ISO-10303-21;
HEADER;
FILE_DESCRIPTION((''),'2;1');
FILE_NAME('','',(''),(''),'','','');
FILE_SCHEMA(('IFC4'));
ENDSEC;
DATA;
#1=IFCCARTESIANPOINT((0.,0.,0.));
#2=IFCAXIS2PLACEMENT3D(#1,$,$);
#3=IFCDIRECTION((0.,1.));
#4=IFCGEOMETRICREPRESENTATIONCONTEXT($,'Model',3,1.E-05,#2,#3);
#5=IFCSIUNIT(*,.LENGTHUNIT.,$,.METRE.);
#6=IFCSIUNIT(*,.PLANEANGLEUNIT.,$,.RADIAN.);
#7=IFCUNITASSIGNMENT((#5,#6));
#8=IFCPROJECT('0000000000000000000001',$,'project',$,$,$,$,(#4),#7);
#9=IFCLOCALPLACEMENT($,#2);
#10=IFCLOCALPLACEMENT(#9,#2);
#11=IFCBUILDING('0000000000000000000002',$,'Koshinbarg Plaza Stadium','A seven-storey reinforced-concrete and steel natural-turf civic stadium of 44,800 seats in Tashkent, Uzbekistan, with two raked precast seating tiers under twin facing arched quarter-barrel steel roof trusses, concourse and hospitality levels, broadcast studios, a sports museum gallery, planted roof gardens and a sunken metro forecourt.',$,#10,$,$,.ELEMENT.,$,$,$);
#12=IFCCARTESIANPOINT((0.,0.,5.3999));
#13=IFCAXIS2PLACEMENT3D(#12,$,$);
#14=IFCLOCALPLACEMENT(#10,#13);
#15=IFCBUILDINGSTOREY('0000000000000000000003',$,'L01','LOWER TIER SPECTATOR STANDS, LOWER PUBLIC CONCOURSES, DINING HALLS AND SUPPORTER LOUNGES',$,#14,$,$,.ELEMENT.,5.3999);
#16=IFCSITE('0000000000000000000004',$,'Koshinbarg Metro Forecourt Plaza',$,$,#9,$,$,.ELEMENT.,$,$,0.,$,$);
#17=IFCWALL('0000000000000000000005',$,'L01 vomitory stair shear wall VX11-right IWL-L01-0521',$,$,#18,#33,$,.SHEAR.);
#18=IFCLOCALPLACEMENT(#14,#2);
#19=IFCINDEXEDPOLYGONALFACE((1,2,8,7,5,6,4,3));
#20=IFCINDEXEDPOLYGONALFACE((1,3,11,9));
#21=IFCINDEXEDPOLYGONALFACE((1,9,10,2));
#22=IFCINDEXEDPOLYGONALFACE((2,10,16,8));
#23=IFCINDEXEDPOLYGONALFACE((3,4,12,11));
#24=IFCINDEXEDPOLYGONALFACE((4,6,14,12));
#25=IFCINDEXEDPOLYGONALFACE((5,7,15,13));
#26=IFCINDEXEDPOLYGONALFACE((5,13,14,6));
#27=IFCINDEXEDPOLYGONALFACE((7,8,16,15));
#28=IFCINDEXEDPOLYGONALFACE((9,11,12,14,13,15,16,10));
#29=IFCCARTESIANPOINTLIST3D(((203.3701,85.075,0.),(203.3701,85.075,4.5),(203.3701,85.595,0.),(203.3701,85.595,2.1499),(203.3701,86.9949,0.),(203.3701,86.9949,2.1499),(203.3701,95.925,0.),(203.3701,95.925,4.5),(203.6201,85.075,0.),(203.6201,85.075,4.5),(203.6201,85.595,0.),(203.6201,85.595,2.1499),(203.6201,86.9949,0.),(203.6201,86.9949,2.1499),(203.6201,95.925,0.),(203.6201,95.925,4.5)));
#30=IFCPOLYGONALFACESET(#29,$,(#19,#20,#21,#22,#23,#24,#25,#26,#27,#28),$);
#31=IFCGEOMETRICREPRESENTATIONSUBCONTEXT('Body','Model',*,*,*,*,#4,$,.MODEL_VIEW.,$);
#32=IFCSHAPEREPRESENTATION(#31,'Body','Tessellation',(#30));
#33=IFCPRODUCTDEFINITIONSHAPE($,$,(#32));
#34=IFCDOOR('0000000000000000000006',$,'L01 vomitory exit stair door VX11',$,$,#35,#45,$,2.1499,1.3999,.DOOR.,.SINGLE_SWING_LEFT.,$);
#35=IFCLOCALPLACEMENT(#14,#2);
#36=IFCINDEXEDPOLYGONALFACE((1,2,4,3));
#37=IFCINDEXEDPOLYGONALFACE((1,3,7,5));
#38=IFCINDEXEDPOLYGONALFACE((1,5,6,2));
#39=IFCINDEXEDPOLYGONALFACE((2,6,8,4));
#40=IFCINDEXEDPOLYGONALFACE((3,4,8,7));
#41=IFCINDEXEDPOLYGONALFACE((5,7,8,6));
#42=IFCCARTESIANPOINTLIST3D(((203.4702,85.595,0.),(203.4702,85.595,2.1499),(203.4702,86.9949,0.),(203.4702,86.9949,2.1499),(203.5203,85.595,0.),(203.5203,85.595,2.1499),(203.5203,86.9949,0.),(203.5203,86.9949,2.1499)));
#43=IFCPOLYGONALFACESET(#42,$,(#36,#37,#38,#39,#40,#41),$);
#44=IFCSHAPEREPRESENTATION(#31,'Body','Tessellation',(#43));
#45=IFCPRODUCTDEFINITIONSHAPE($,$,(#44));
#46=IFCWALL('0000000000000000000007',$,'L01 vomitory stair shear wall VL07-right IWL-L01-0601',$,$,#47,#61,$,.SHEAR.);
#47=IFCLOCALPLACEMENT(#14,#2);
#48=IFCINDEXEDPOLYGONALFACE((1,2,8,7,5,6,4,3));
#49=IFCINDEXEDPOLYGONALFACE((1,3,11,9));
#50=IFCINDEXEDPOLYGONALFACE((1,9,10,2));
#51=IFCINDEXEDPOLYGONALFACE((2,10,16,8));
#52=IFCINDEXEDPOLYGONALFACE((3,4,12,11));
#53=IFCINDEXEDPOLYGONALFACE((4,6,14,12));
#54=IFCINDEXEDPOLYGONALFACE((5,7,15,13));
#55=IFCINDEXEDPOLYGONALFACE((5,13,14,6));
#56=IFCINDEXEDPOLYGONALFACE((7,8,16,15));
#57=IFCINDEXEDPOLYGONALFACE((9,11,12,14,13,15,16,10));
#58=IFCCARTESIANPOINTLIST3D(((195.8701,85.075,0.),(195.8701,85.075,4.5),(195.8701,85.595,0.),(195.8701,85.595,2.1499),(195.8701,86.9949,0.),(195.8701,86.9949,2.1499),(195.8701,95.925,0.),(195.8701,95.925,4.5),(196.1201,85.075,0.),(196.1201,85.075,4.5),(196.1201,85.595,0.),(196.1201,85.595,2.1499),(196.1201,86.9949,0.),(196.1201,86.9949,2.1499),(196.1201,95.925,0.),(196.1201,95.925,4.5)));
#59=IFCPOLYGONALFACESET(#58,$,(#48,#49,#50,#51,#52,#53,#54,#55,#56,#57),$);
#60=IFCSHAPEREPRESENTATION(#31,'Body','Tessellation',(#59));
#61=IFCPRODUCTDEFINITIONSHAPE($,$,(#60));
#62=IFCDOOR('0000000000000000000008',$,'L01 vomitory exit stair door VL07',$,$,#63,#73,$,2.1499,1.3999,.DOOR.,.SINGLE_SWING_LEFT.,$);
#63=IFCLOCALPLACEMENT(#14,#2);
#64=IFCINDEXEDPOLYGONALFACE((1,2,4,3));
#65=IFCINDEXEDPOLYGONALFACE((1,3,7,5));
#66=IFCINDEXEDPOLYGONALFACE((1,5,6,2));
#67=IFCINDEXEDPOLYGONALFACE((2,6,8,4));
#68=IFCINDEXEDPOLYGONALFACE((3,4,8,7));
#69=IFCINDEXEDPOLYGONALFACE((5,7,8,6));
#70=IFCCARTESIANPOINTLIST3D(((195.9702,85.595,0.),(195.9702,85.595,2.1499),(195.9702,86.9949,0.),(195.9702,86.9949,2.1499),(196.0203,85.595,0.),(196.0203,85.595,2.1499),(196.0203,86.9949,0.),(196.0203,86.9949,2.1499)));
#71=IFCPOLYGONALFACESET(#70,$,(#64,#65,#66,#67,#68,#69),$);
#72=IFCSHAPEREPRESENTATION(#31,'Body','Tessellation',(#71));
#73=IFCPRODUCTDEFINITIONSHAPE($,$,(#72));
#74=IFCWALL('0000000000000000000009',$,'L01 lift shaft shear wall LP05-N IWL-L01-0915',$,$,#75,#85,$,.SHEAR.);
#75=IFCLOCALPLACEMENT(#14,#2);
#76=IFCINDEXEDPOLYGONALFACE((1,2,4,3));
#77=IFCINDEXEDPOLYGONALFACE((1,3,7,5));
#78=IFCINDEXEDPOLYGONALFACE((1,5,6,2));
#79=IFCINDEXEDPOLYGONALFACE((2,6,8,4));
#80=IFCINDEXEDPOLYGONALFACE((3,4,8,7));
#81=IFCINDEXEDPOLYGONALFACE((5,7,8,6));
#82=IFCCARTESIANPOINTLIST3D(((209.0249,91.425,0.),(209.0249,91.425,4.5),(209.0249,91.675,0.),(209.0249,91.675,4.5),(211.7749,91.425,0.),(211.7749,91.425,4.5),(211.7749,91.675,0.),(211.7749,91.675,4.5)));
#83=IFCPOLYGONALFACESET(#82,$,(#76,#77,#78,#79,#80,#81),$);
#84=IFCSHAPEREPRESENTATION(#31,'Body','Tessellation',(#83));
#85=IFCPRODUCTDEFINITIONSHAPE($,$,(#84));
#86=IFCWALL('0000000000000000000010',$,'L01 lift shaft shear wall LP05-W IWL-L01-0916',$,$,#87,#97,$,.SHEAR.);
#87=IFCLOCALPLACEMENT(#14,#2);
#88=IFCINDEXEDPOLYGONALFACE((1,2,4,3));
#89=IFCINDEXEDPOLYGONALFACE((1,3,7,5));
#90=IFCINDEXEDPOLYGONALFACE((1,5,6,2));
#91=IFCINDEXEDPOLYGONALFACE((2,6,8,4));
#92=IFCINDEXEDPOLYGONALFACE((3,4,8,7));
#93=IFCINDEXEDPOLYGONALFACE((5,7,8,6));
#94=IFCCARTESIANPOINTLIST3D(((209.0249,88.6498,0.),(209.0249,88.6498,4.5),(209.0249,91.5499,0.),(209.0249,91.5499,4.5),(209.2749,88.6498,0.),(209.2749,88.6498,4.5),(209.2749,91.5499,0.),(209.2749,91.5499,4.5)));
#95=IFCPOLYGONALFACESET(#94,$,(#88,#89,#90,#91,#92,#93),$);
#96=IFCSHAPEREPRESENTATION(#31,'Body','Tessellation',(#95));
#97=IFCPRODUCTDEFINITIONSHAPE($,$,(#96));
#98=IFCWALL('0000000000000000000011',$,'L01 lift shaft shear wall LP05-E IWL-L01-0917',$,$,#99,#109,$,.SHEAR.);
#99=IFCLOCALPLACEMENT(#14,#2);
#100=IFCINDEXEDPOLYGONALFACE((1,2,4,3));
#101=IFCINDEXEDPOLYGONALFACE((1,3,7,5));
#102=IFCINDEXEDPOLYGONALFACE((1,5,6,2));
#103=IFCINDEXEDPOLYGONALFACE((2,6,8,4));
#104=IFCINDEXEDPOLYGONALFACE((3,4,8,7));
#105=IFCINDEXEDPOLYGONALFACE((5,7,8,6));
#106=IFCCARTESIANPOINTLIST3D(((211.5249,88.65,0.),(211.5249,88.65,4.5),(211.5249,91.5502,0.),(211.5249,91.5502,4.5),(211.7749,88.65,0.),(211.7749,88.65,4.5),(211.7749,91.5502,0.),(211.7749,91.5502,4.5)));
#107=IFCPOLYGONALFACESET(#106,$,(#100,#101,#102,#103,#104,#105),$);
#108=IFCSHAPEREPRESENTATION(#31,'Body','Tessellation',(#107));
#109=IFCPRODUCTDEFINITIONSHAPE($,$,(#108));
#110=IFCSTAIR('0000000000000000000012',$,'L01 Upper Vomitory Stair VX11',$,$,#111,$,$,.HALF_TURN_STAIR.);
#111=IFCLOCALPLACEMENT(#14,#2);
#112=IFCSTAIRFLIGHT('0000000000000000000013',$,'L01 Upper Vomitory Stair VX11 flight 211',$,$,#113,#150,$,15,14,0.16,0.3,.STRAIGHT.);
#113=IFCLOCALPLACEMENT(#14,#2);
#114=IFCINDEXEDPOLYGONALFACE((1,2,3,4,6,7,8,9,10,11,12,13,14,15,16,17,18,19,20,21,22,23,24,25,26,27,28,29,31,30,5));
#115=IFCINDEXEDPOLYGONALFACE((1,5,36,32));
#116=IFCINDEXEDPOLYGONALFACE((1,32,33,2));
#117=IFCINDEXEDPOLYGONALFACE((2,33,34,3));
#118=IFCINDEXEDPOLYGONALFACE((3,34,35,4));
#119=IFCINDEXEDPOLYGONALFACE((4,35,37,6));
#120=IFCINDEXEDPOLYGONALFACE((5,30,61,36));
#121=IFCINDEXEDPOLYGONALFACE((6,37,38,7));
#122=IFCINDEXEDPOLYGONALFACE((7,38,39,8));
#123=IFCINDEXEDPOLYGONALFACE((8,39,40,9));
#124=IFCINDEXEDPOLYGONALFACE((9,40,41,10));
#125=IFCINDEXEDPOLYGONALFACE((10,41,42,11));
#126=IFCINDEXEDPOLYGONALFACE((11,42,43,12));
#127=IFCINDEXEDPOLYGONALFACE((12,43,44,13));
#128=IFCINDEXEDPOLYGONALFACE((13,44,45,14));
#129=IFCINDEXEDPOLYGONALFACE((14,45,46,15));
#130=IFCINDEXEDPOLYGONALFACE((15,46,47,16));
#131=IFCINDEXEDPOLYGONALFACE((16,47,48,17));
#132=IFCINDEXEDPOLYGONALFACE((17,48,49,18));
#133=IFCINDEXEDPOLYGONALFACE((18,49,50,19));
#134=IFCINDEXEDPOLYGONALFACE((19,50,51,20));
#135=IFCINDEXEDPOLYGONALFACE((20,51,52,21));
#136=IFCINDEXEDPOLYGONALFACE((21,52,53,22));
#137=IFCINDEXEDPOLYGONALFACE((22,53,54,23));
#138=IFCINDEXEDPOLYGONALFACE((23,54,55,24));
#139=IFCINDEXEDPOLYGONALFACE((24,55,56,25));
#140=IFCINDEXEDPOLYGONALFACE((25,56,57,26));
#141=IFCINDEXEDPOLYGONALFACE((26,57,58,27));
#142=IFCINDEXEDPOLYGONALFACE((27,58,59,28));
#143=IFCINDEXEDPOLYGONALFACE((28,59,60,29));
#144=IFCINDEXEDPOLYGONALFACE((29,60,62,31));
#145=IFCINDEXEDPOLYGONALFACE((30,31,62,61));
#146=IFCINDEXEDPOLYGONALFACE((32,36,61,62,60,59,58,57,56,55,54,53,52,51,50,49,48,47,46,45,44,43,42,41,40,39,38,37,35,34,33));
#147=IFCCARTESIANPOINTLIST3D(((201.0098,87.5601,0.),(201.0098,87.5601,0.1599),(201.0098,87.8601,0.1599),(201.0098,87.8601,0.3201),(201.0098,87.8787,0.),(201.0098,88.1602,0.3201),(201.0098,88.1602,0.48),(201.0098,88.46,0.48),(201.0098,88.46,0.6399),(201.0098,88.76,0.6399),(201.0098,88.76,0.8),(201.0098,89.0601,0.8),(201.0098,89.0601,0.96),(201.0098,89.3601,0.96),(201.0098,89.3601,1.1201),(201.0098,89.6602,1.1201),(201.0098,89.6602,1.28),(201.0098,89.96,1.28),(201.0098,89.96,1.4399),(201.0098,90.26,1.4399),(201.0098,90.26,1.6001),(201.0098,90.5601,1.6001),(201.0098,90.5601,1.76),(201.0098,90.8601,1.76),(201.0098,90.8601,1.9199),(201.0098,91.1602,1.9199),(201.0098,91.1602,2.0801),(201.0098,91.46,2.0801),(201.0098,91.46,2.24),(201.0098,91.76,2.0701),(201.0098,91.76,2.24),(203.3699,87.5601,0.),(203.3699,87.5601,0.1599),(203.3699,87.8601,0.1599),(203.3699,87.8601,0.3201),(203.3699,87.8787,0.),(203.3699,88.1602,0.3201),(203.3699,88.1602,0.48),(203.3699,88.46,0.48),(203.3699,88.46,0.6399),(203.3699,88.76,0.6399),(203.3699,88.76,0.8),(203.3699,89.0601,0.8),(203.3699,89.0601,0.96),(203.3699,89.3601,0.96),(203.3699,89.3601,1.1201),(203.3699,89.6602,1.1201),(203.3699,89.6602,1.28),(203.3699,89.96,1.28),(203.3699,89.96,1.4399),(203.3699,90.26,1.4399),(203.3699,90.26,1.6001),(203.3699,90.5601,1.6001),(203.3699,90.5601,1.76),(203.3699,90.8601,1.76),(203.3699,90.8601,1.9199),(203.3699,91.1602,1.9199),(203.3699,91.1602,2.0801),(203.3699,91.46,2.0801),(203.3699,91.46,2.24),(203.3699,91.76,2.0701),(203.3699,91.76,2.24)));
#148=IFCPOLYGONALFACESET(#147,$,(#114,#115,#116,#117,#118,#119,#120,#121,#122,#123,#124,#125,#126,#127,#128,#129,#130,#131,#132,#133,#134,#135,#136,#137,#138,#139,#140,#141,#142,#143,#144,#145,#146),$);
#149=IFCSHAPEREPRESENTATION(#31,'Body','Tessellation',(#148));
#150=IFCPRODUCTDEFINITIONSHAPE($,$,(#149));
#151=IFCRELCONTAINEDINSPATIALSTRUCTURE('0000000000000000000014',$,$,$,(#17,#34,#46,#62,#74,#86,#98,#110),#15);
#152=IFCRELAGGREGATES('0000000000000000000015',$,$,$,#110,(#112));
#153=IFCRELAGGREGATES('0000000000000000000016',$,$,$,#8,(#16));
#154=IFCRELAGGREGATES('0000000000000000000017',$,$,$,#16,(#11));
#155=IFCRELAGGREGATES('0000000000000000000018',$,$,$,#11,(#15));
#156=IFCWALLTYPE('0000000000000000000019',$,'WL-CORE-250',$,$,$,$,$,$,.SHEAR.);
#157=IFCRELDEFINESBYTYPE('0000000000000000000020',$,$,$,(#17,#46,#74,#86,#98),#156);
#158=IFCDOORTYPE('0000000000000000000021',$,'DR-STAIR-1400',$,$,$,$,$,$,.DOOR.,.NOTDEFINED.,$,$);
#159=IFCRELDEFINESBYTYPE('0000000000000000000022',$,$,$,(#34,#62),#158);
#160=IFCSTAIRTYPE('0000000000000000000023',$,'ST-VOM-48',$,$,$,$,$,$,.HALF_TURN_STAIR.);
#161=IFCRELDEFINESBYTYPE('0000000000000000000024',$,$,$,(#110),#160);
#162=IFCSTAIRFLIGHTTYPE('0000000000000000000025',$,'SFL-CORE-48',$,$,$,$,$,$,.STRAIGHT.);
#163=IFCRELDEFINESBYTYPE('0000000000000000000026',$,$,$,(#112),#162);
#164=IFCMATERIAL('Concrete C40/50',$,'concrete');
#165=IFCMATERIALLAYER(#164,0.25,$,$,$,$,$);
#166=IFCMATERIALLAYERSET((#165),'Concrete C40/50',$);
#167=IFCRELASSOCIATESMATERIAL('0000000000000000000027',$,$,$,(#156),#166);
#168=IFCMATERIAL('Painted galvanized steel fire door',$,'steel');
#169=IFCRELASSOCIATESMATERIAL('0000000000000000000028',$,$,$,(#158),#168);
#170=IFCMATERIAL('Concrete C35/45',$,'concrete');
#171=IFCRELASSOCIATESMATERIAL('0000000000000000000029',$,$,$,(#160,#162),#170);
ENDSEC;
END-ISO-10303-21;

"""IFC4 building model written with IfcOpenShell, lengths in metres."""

from ifc_helpers import new_model, si_unit, direction, frame, frame_2d, origin, place, context, subcontext, project, spatial, polyline, rectangle, outline, extrude, material, layer, layer_set, type_object, element, fill, aggregate, save


model = new_model("IFC4")

# Units and contexts
model_context = context("Model", 3, precision=1e-05, world=origin(), true_north=direction((0.0, 1.0)))
body_context = subcontext(model_context, "Body", "Model", "MODEL_VIEW")
ifc_project = project(units=[si_unit("LENGTHUNIT", "METRE"), si_unit("PLANEANGLEUNIT", "RADIAN")], contexts=[model_context])

# Site, building, storey
site_placement = place(None, origin())
site = spatial("IfcSite", under=ifc_project, at=site_placement, Name="Koshinbarg Metro Forecourt Plaza", CompositionType="ELEMENT", RefElevation=0.0)
building_placement = place(site_placement, origin())
building = spatial("IfcBuilding", under=site, at=building_placement, Name="Koshinbarg Plaza Stadium", Description="A seven-storey reinforced-concrete and steel natural-turf civic stadium of 44,800 seats in Tashkent, Uzbekistan, with two raked precast seating tiers under twin facing arched quarter-barrel steel roof trusses, concourse and hospitality levels, broadcast studios, a sports museum gallery, planted roof gardens and a sunken metro forecourt.", CompositionType="ELEMENT")
storey_placement = place(building_placement, frame((0.0, 0.0, 5.3999)))
storey = spatial("IfcBuildingStorey", under=building, at=storey_placement, Name="L01", Description="LOWER TIER SPECTATOR STANDS, LOWER PUBLIC CONCOURSES, DINING HALLS AND SUPPORTER LOUNGES", CompositionType="ELEMENT", Elevation=5.3999)

# Shared definitions
ifc_material_1 = material(Name="Concrete C40/50", Category="concrete")

# Shared definitions
ifc_layer = layer(ifc_material_1, 0.25)
ifc_layer_set = layer_set([ifc_layer], Name="Concrete C40/50")
wall_type = type_object("IfcWallType", Name="WL-CORE-250", PredefinedType="SHEAR", material=ifc_layer_set)

# Shared definitions
ifc_material_2 = material(Name="Painted galvanized steel fire door", Category="steel")
door_type_1 = type_object("IfcDoorType", Name="DR-STAIR-1400", OperationType="NOTDEFINED", PredefinedType="DOOR", material=ifc_material_2)

# Walls, openings, doors
wall_1_placement = place(storey_placement, frame((203.4951, 85.075, 0.0), z_axis=(0.0, 0.0, 1.0), x_axis=(0.0, 1.0, 0.0)))
wall_1 = element("IfcWall", 1, at=wall_1_placement, inside=storey, type_object=wall_type, Name="L01 vomitory stair shear wall VX11-right IWL-L01-0521", PredefinedType="SHEAR", context=body_context, shape_type="SweptSolid", body=[
    extrude(rectangle(XDim=10.8501, YDim=0.25, at=frame_2d((5.425, 0.0))), origin(), (0.0, 0.0, 1.0), 4.5),
])
opening_1_placement = place(wall_1_placement, frame((0.52, 0.0, 0.0)))
opening_1 = element("IfcOpeningElement", 2, at=opening_1_placement, cuts=wall_1, PredefinedType="OPENING", context=body_context, shape_type="SweptSolid", body=[
    extrude(rectangle(XDim=1.3999, YDim=2.1499, at=frame_2d((0.7, 1.075))), frame((0.0, 0.135, 0.0), z_axis=(0.0, -1.0, 0.0), x_axis=(1.0, 0.0, 0.0)), (0.0, 0.0, 1.0), 0.27),
])
door_1_placement = place(opening_1_placement, origin())
door_1 = element("IfcDoor", 3, at=door_1_placement, inside=storey, type_object=door_type_1, Name="L01 vomitory exit stair door VX11", OperationType="SINGLE_SWING_LEFT", OverallHeight=2.1499, OverallWidth=1.3999, PredefinedType="DOOR", context=body_context, shape_type="SweptSolid", body=[
    extrude(rectangle(XDim=1.3999, YDim=2.1499, at=frame_2d((0.7, 1.075))), frame((0.0, 0.0249, 0.0), z_axis=(0.0, -1.0, 0.0), x_axis=(1.0, 0.0, 0.0)), (0.0, 0.0, 1.0), 0.05),
])
fill(opening_1, door_1)
wall_2_placement = place(storey_placement, frame((195.9951, 85.075, 0.0), z_axis=(0.0, 0.0, 1.0), x_axis=(0.0, 1.0, 0.0)))
wall_2 = element("IfcWall", 4, at=wall_2_placement, inside=storey, type_object=wall_type, Name="L01 vomitory stair shear wall VL07-right IWL-L01-0601", PredefinedType="SHEAR", context=body_context, shape_type="SweptSolid", body=[
    extrude(rectangle(XDim=10.8501, YDim=0.25, at=frame_2d((5.425, 0.0))), origin(), (0.0, 0.0, 1.0), 4.5),
])
opening_2_placement = place(wall_2_placement, frame((0.52, 0.0, 0.0)))
opening_2 = element("IfcOpeningElement", 5, at=opening_2_placement, cuts=wall_2, PredefinedType="OPENING", context=body_context, shape_type="SweptSolid", body=[
    extrude(rectangle(XDim=1.3999, YDim=2.1499, at=frame_2d((0.7, 1.075))), frame((0.0, 0.135, 0.0), z_axis=(0.0, -1.0, 0.0), x_axis=(1.0, 0.0, 0.0)), (0.0, 0.0, 1.0), 0.27),
])
door_2_placement = place(opening_2_placement, origin())
door_2 = element("IfcDoor", 6, at=door_2_placement, inside=storey, type_object=door_type_1, Name="L01 vomitory exit stair door VL07", OperationType="SINGLE_SWING_LEFT", OverallHeight=2.1499, OverallWidth=1.3999, PredefinedType="DOOR", context=body_context, shape_type="SweptSolid", body=[
    extrude(rectangle(XDim=1.3999, YDim=2.1499, at=frame_2d((0.7, 1.075))), frame((0.0, 0.0249, 0.0), z_axis=(0.0, -1.0, 0.0), x_axis=(1.0, 0.0, 0.0)), (0.0, 0.0, 1.0), 0.05),
])
fill(opening_2, door_2)

# Walls
wall_3_placement = place(storey_placement, frame((211.7749, 91.55, 0.0), z_axis=(0.0, 0.0, 1.0), x_axis=(-1.0, 0.0, 0.0)))
element("IfcWall", 7, at=wall_3_placement, inside=storey, type_object=wall_type, Name="L01 lift shaft shear wall LP05-N IWL-L01-0915", PredefinedType="SHEAR", context=body_context, shape_type="SweptSolid", body=[
    extrude(rectangle(XDim=2.75, YDim=0.25, at=frame_2d((1.375, 0.0))), origin(), (0.0, 0.0, 1.0), 4.5),
])
for number, where, z_axis, x_axis, name in (
    (8, (209.1499, 91.55, 0.0), (0.0, 0.0, 1.0), (0.0, -1.0, 0.0), "L01 lift shaft shear wall LP05-W IWL-L01-0916"),
    (9, (211.6499, 88.6499, 0.0), (0.0, 0.0, 1.0), (0.0, 1.0, 0.0), "L01 lift shaft shear wall LP05-E IWL-L01-0917"),
):
    element("IfcWall", number, at=place(storey_placement, frame(where, z_axis=z_axis, x_axis=x_axis)), inside=storey, type_object=wall_type, Name=name, PredefinedType="SHEAR", context=body_context, shape_type="SweptSolid", body=[
        extrude(rectangle(XDim=2.9001, YDim=0.25, at=frame_2d((1.4502, 0.0))), origin(), (0.0, 0.0, 1.0), 4.5),
    ])

# Stair, stair flight
ifc_material_3 = material(Name="Concrete C35/45", Category="concrete")
stair_type = type_object("IfcStairType", Name="ST-VOM-48", PredefinedType="HALF_TURN_STAIR", material=ifc_material_3)
stair_placement = place(storey_placement, origin())
stair = element("IfcStair", 10, at=stair_placement, inside=storey, type_object=stair_type, Name="L01 Upper Vomitory Stair VX11", PredefinedType="HALF_TURN_STAIR")
stair_flight_type = type_object("IfcStairFlightType", Name="SFL-CORE-48", PredefinedType="STRAIGHT", material=ifc_material_3)
stair_flight_1_placement = place(storey_placement, frame((202.1899, 87.5601, 0.0), z_axis=(0.0, 0.0, 1.0), x_axis=(0.0, 1.0, 0.0)))
stair_flight_1 = element("IfcStairFlight", 11, at=stair_flight_1_placement, type_object=stair_flight_type, Name="L01 Upper Vomitory Stair VX11 flight 211", NumberOfRisers=15, NumberOfTreads=14, PredefinedType="STRAIGHT", RiserHeight=0.16, TreadLength=0.3, context=body_context, shape_type="SweptSolid", body=[
    extrude(outline(polyline([(0.0, 0.0), (0.0, 0.1599), (0.3, 0.1599), (0.3, 0.3201), (0.6001, 0.3201), (0.6001, 0.48), (0.8999, 0.48), (0.8999, 0.6399), (1.2, 0.6399), (1.2, 0.8), (1.5, 0.8), (1.5, 0.96), (1.8, 0.96), (1.8, 1.1201), (2.1001, 1.1201), (2.1001, 1.28), (2.3999, 1.28), (2.3999, 1.4399), (2.7, 1.4399), (2.7, 1.6001), (3.0, 1.6001), (3.0, 1.76), (3.3, 1.76), (3.3, 1.9199), (3.6001, 1.9199), (3.6001, 2.0801), (3.8999, 2.0801), (3.8999, 2.24), (4.2, 2.24), (4.2, 2.3999), (4.2, 2.0701), (0.3186, 0.0), (0.0, 0.0)])), frame((0.0, 1.1802, 0.0), z_axis=(0.0, -1.0, 0.0), x_axis=(1.0, 0.0, 0.0)), (0.0, 0.0, 1.0), 2.3601),
])
aggregate(stair, [stair_flight_1])

save(model, "model.ifc")
